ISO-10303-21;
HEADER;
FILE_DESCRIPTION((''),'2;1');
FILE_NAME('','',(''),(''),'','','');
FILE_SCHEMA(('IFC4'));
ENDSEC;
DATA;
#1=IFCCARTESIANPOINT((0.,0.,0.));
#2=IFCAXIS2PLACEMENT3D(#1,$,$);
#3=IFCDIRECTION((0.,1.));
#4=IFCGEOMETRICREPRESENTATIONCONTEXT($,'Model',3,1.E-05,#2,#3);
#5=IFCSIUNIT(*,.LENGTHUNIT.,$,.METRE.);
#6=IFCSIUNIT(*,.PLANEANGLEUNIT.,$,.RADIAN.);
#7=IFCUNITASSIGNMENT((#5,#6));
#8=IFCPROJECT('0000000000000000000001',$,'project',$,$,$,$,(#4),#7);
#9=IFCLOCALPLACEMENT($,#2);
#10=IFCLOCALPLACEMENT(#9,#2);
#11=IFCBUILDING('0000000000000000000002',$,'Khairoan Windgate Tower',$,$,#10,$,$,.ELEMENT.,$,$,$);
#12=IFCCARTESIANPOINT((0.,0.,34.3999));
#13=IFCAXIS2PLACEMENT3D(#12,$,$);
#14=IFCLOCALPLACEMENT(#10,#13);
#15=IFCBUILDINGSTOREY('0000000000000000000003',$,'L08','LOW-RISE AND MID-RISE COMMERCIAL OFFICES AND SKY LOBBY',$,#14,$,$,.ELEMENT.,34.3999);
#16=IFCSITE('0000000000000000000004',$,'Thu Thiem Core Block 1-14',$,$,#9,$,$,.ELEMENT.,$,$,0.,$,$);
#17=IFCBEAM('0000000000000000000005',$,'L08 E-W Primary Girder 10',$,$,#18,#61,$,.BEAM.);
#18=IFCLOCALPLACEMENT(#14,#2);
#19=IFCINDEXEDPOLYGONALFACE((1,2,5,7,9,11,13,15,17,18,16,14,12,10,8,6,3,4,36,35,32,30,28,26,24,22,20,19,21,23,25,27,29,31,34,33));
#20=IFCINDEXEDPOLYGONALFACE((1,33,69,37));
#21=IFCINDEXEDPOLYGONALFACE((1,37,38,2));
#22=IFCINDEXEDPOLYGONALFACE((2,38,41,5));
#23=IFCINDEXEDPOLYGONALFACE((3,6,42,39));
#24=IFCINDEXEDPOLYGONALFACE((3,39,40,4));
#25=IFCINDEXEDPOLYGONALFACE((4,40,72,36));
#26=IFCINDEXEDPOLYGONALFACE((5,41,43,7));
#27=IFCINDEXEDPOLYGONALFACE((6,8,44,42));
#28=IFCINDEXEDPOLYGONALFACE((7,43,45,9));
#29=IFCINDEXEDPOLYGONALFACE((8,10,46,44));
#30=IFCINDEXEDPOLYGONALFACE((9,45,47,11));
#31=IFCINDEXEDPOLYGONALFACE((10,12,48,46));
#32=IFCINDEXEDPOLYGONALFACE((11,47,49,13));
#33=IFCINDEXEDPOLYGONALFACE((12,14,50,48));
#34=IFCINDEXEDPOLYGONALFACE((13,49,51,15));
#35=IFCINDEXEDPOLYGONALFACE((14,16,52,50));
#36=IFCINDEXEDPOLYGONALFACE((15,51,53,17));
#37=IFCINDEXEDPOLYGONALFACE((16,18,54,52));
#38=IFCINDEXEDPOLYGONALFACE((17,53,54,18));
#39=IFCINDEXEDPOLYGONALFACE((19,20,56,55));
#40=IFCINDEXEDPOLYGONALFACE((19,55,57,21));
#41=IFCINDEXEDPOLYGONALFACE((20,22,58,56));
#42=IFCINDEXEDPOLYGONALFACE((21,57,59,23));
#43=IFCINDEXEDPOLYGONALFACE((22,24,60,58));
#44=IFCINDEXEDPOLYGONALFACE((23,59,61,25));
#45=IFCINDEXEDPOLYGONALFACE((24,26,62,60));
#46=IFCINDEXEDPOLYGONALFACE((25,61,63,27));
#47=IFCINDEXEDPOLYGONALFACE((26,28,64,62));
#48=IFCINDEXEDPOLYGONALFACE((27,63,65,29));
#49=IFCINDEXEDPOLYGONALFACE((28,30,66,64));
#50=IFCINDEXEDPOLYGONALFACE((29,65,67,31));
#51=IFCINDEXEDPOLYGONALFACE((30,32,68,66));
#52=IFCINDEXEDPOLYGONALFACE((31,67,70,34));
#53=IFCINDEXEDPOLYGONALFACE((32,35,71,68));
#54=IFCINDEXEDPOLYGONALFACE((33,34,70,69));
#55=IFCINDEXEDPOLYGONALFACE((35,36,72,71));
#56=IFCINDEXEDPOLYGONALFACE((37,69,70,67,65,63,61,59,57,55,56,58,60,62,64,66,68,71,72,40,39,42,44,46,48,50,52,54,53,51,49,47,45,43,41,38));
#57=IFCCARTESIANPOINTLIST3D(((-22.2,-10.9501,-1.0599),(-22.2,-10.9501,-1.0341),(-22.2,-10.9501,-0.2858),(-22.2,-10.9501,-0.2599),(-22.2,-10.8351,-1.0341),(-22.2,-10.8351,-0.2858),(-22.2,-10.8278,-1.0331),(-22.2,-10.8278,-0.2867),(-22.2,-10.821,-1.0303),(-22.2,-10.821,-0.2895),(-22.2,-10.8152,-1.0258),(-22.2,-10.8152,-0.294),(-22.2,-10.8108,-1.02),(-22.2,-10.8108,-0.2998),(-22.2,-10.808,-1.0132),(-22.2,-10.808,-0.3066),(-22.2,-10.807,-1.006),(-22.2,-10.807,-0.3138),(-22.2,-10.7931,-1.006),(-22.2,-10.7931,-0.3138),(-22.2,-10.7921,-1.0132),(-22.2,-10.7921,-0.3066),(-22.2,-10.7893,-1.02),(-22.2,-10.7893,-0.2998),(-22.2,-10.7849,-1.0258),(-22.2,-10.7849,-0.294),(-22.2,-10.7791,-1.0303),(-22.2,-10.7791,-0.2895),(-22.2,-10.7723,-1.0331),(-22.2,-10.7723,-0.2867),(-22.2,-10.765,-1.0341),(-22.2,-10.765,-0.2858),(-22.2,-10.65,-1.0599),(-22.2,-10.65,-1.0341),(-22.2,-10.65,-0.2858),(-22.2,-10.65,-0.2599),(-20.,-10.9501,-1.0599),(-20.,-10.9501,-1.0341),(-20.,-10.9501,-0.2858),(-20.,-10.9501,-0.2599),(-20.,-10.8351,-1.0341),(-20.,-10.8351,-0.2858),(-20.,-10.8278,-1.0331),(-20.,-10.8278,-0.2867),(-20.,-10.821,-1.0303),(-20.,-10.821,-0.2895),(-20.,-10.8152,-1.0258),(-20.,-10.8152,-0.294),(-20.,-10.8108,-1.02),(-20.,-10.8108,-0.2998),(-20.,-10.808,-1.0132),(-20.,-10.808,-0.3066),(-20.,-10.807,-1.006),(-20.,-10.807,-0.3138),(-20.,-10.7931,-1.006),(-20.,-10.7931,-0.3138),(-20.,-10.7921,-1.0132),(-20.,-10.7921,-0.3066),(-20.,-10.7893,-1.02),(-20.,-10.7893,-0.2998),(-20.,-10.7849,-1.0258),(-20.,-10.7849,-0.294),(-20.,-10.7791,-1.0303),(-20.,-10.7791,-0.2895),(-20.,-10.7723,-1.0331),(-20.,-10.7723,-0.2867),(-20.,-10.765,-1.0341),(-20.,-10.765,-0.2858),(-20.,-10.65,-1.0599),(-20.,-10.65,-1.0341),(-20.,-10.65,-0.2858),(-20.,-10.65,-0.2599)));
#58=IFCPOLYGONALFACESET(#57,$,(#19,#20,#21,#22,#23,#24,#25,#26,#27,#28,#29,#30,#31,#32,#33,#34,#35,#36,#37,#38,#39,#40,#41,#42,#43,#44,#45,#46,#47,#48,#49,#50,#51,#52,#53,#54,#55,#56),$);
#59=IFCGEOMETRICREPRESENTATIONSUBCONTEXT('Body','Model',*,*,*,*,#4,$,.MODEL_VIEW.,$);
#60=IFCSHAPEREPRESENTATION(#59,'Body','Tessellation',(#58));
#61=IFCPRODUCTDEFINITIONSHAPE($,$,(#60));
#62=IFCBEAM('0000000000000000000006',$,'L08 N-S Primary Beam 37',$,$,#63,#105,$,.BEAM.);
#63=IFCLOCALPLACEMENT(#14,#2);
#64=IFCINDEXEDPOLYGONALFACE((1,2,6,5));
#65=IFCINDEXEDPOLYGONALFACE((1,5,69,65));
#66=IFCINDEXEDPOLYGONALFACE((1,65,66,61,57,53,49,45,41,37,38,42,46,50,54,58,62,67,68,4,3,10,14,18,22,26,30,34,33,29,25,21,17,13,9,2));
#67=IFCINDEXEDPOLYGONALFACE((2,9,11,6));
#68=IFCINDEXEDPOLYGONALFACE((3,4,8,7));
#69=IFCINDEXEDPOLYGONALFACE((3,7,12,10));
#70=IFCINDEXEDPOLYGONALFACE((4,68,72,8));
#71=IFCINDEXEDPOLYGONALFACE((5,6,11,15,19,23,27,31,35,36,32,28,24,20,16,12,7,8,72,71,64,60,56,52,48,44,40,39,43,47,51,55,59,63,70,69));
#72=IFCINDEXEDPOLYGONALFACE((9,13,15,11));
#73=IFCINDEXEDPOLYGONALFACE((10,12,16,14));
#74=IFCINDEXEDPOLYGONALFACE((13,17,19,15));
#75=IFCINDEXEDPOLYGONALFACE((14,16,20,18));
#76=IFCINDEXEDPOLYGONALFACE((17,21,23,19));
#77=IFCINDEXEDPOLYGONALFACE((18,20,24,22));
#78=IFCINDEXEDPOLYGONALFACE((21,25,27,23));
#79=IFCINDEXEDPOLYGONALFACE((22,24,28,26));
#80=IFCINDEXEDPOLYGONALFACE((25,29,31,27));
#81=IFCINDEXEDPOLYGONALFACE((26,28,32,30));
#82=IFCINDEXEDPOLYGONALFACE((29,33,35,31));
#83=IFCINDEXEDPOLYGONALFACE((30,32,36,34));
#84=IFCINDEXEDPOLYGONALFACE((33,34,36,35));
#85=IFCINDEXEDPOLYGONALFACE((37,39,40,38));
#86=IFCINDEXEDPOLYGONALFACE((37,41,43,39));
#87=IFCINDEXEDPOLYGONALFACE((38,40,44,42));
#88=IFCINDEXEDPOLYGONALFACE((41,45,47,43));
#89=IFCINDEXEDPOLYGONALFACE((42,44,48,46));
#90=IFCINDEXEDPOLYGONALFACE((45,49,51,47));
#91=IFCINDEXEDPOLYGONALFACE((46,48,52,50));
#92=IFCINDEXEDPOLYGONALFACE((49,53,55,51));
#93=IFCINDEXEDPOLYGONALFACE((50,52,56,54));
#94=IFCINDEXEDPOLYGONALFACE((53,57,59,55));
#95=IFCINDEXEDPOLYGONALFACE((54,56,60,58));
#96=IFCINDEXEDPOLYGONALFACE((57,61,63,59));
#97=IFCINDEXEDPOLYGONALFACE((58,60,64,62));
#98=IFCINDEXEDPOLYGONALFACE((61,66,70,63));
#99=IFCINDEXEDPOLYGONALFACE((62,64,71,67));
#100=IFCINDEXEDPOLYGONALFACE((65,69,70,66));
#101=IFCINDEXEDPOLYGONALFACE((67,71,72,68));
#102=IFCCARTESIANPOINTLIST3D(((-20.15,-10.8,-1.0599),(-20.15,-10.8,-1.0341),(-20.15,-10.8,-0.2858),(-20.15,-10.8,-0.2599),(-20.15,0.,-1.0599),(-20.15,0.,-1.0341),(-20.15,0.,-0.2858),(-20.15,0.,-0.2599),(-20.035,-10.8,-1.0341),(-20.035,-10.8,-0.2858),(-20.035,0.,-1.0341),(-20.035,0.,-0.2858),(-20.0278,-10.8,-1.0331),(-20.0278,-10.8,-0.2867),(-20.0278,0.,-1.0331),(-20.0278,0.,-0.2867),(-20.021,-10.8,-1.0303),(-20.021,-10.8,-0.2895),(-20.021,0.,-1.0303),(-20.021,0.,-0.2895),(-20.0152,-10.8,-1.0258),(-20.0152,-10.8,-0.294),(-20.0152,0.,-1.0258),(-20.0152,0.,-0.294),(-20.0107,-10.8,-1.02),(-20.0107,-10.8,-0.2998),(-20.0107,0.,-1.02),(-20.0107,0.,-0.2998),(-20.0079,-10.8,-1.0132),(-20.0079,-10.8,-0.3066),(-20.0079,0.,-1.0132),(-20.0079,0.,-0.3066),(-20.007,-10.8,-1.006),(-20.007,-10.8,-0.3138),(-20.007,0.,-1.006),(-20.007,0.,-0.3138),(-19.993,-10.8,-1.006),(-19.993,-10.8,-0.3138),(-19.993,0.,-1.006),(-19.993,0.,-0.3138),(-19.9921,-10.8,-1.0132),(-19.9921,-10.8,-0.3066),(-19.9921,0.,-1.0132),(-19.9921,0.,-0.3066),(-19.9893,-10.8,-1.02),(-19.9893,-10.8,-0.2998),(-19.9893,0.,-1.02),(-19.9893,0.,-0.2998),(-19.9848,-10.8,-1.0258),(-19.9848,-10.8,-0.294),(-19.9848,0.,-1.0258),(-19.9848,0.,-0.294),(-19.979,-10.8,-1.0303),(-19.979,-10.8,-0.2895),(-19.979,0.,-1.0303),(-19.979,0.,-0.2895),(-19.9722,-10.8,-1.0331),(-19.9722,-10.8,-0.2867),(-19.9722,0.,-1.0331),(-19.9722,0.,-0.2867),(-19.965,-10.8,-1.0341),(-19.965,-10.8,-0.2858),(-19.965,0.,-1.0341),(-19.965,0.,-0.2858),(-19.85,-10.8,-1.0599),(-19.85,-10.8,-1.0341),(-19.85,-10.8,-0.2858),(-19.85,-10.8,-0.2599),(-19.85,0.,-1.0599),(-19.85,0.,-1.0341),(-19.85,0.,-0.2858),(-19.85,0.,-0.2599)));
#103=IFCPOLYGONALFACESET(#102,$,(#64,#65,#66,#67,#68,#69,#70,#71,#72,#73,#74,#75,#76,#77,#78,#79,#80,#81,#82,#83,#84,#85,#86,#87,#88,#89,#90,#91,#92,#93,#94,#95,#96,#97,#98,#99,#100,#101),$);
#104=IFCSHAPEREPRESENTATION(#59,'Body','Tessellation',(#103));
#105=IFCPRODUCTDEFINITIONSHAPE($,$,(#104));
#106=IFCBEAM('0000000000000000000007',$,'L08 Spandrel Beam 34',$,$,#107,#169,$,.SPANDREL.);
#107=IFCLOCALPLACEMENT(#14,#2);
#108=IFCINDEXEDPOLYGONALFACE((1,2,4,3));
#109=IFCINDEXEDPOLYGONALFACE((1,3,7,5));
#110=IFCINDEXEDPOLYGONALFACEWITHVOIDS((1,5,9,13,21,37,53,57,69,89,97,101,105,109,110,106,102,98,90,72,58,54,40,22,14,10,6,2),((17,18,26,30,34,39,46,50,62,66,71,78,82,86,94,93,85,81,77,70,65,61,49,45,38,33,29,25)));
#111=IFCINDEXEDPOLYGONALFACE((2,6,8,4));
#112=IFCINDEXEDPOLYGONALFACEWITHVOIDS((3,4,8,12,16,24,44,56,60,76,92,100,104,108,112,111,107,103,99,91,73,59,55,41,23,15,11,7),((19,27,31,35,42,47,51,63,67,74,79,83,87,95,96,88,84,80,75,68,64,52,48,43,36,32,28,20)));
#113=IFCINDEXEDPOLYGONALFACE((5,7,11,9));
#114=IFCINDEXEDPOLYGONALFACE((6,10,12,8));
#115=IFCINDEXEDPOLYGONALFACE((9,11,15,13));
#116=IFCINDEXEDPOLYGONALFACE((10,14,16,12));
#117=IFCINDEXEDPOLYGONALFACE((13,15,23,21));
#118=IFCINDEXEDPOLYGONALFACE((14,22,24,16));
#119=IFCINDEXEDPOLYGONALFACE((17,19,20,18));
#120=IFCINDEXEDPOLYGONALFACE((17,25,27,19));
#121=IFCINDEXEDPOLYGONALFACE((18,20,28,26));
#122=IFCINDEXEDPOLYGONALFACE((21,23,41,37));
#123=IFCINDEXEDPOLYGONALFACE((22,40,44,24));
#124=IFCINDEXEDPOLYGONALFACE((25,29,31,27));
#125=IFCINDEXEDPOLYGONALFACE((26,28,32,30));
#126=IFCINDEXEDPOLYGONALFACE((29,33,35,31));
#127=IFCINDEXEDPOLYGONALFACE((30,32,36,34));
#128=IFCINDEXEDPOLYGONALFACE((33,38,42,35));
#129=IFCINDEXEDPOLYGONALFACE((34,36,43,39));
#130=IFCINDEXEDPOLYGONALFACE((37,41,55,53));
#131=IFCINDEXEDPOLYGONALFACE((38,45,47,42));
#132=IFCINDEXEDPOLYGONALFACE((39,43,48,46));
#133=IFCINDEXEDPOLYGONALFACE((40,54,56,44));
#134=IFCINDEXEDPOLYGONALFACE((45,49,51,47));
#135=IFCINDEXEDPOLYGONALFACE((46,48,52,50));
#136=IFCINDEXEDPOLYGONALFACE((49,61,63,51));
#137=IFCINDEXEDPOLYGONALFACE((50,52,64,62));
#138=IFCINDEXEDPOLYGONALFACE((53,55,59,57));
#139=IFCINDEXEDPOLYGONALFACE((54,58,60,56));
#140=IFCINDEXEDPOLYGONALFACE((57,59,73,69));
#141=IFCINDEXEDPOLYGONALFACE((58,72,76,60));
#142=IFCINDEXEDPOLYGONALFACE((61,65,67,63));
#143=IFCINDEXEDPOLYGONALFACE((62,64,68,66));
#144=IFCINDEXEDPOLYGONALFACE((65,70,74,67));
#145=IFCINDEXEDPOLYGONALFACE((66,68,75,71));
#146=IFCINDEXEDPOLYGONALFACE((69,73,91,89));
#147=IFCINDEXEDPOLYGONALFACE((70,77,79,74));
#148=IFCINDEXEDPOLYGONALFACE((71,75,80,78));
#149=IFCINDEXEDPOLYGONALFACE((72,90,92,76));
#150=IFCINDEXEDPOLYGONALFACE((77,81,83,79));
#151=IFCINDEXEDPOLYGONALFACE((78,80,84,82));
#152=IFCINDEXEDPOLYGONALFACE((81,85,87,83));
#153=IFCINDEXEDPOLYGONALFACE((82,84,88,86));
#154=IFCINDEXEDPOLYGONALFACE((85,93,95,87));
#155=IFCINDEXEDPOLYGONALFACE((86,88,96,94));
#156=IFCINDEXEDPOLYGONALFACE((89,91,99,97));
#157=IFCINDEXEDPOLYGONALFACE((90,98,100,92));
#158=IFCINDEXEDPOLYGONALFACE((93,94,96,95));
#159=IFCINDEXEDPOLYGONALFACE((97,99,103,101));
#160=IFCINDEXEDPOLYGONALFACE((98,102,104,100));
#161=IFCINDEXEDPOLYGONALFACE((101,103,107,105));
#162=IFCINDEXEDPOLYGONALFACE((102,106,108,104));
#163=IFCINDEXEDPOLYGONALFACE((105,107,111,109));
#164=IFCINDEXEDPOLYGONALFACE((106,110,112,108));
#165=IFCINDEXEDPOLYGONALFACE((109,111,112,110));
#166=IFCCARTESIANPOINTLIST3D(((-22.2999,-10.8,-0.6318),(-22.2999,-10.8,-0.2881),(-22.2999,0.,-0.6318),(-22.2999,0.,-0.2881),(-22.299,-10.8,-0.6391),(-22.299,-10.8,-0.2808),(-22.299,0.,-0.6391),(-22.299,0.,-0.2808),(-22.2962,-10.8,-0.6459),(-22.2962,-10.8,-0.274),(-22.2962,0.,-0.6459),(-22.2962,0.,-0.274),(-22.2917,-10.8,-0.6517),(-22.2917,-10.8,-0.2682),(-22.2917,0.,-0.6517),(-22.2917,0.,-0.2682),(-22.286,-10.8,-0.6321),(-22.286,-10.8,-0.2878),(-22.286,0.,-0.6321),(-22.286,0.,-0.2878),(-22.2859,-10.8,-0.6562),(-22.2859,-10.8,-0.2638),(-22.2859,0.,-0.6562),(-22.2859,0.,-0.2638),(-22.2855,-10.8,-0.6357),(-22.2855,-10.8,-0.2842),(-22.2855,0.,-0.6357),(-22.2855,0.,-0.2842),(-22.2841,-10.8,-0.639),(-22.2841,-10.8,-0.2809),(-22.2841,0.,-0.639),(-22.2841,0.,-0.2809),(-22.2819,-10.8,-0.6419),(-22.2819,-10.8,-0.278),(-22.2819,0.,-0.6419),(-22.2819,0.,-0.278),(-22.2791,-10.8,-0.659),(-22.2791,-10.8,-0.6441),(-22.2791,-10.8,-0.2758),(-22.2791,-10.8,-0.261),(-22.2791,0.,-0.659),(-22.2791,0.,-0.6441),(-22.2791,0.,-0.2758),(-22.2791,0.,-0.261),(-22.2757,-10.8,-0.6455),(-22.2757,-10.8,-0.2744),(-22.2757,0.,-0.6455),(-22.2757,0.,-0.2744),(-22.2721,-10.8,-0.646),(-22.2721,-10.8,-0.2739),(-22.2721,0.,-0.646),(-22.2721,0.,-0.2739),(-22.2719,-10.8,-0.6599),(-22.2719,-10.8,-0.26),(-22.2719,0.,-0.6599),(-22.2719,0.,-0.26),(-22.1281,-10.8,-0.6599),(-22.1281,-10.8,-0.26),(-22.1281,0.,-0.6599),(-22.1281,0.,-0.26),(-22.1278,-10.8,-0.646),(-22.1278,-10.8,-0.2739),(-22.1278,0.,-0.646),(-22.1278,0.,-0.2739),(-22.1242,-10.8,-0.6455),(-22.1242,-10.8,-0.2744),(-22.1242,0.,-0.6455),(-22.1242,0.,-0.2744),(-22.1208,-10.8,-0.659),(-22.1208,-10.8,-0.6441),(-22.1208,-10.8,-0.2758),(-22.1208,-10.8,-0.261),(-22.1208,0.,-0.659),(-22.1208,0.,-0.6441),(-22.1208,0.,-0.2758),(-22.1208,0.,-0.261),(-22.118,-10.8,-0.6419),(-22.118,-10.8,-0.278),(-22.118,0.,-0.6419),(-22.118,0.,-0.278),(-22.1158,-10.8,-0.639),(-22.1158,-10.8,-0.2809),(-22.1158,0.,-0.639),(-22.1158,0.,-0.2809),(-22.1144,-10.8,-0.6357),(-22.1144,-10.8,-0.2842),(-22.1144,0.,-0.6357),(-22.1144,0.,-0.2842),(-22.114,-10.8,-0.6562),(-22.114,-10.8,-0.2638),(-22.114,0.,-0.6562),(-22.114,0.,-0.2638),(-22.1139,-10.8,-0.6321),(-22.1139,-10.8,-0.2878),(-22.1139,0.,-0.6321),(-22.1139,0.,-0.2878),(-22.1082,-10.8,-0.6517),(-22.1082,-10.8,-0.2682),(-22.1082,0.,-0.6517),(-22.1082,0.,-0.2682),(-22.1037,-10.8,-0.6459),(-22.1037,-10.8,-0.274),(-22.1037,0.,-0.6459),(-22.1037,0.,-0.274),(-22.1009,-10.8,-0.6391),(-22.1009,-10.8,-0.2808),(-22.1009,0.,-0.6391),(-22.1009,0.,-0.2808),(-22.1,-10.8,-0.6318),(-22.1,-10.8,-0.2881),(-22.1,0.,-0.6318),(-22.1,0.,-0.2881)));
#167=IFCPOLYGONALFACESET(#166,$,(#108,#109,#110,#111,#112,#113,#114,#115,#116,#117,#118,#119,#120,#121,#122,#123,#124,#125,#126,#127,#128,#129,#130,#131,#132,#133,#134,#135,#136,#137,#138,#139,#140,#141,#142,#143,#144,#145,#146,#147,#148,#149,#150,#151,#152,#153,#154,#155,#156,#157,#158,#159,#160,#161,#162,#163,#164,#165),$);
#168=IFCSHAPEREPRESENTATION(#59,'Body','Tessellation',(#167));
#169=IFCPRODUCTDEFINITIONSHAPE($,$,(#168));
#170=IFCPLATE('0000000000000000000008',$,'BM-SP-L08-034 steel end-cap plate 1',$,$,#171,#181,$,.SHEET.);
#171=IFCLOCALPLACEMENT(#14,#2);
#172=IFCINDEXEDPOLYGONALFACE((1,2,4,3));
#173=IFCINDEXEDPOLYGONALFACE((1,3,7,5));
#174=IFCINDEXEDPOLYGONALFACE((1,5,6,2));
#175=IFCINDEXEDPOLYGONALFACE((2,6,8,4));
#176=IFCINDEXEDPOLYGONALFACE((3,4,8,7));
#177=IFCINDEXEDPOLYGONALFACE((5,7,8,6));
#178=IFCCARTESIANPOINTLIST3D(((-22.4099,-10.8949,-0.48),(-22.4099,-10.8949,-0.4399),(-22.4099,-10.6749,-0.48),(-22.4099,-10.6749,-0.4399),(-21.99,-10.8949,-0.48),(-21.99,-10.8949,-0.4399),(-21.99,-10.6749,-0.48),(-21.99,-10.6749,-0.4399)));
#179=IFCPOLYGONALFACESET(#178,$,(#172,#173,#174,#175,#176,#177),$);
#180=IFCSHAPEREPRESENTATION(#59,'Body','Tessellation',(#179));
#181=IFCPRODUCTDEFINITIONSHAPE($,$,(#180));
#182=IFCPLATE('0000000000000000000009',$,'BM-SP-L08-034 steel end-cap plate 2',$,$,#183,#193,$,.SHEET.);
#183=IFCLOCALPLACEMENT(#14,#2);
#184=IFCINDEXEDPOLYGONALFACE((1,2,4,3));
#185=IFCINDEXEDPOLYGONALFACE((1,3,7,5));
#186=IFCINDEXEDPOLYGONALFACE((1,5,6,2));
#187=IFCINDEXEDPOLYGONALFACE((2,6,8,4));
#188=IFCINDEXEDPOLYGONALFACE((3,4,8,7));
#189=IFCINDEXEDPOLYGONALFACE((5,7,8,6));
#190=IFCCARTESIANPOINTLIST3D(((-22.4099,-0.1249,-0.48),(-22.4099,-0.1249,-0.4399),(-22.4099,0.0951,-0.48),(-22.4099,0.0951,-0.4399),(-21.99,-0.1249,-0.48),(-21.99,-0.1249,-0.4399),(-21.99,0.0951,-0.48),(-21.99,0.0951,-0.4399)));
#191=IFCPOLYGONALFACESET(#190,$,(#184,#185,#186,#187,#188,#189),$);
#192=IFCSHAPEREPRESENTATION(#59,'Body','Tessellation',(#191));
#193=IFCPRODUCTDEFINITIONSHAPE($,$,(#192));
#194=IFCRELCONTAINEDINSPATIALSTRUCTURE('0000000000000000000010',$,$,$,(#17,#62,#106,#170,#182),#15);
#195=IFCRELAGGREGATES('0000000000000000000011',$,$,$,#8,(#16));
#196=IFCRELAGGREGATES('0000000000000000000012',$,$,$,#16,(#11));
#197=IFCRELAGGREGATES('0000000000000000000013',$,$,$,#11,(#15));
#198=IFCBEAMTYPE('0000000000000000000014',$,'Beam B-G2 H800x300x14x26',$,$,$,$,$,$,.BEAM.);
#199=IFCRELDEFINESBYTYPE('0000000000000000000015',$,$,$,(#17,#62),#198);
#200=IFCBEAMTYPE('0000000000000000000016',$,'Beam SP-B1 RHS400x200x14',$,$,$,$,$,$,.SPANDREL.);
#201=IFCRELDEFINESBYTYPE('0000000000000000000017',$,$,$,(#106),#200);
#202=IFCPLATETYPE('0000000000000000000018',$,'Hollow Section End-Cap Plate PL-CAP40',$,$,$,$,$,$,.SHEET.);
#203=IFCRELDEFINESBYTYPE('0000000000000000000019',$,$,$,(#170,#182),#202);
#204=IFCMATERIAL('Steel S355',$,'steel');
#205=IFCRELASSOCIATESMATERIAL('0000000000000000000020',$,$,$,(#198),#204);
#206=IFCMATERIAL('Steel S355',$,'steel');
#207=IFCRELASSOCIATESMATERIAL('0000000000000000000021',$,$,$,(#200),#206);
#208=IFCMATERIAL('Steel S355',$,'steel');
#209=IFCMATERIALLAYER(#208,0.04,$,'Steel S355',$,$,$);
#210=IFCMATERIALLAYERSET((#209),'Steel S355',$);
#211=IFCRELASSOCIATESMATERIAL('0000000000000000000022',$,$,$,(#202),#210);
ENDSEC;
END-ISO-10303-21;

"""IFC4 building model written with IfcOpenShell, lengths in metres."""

from ifc_helpers import new_model, si_unit, direction, frame, origin, origin_2d, place, context, subcontext, project, spatial, rectangle, hollow_rectangle, i_section, extrude, material, layer, layer_set, material_profile, profile_set, type_object, element, save


model = new_model("IFC4")

# Units and contexts
model_context = context("Model", 3, precision=1e-05, world=origin(), true_north=direction((0.0, 1.0)))
body_context = subcontext(model_context, "Body", "Model", "MODEL_VIEW")
ifc_project = project(units=[si_unit("LENGTHUNIT", "METRE"), si_unit("PLANEANGLEUNIT", "RADIAN")], contexts=[model_context])

# Site, building, storey
site_placement = place(None, origin())
site = spatial("IfcSite", under=ifc_project, at=site_placement, Name="Thu Thiem Core Block 1-14", CompositionType="ELEMENT", RefElevation=0.0)
building_placement = place(site_placement, origin())
building = spatial("IfcBuilding", under=site, at=building_placement, Name="Khairoan Windgate Tower", CompositionType="ELEMENT")
storey_placement = place(building_placement, frame((0.0, 0.0, 34.3999)))
storey = spatial("IfcBuildingStorey", under=building, at=storey_placement, Name="L08", Description="LOW-RISE AND MID-RISE COMMERCIAL OFFICES AND SKY LOBBY", CompositionType="ELEMENT", Elevation=34.3999)

# Beams
ifc_material_1 = material(Name="Steel S355", Category="steel")
ifc_material_profile_1 = material_profile(ifc_material_1, i_section(OverallWidth=0.3, OverallDepth=0.8, WebThickness=0.0139, FlangeThickness=0.0259, FilletRadius=0.0281, at=origin_2d()))
ifc_profile_set_1 = profile_set([ifc_material_profile_1], Name="Steel S355")
beam_type_1 = type_object("IfcBeamType", Name="Beam B-G2 H800x300x14x26", PredefinedType="BEAM", material=ifc_profile_set_1)
beam_1_placement = place(storey_placement, frame((-22.2, -10.8, -0.6599), z_axis=(1.0, 0.0, 0.0), x_axis=(0.0, 1.0, 0.0)))
element("IfcBeam", 1, at=beam_1_placement, inside=storey, type_object=beam_type_1, Name="L08 E-W Primary Girder 10", PredefinedType="BEAM", context=body_context, shape_type="SweptSolid", body=[
    extrude(i_section(OverallWidth=0.3, OverallDepth=0.8, WebThickness=0.0139, FlangeThickness=0.0259, FilletRadius=0.0281, at=origin_2d()), origin(), (0.0, 0.0, 1.0), 2.2),
])
beam_2_placement = place(storey_placement, frame((-20.0, -10.8, -0.6599), z_axis=(0.0, 1.0, 0.0), x_axis=(-1.0, 0.0, 0.0)))
element("IfcBeam", 2, at=beam_2_placement, inside=storey, type_object=beam_type_1, Name="L08 N-S Primary Beam 37", PredefinedType="BEAM", context=body_context, shape_type="SweptSolid", body=[
    extrude(i_section(OverallWidth=0.3, OverallDepth=0.8, WebThickness=0.0139, FlangeThickness=0.0259, FilletRadius=0.0281, at=origin_2d()), origin(), (0.0, 0.0, 1.0), 10.8),
])
ifc_material_2 = material(Name="Steel S355", Category="steel")
ifc_material_profile_2 = material_profile(ifc_material_2, hollow_rectangle(XDim=0.2, YDim=0.3999, WallThickness=0.0139, InnerFilletRadius=0.0139, OuterFilletRadius=0.0281, at=origin_2d()))
ifc_profile_set_2 = profile_set([ifc_material_profile_2], Name="Steel S355")
beam_type_2 = type_object("IfcBeamType", Name="Beam SP-B1 RHS400x200x14", PredefinedType="SPANDREL", material=ifc_profile_set_2)
beam_3_placement = place(storey_placement, frame((-22.2, -10.8, -0.46), z_axis=(0.0, 1.0, 0.0), x_axis=(-1.0, 0.0, 0.0)))
element("IfcBeam", 3, at=beam_3_placement, inside=storey, type_object=beam_type_2, Name="L08 Spandrel Beam 34", PredefinedType="SPANDREL", context=body_context, shape_type="SweptSolid", body=[
    extrude(hollow_rectangle(XDim=0.2, YDim=0.3999, WallThickness=0.0139, InnerFilletRadius=0.0139, OuterFilletRadius=0.0281, at=origin_2d()), origin(), (0.0, 0.0, 1.0), 10.8),
])

# Plates
ifc_material_3 = material(Name="Steel S355", Category="steel")
ifc_layer_1 = layer(ifc_material_3, 0.04, Name="Steel S355")
ifc_layer_set_1 = layer_set([ifc_layer_1], Name="Steel S355")
plate_type_1 = type_object("IfcPlateType", Name="Hollow Section End-Cap Plate PL-CAP40", PredefinedType="SHEET", material=ifc_layer_set_1)
for number, where, z_axis, x_axis, name in (
    (4, (-22.2, -10.7849, -0.48), (0.0, 0.0, 1.0), (0.0, 1.0, 0.0), "BM-SP-L08-034 steel end-cap plate 1"),
    (5, (-22.2, -0.0149, -0.48), (0.0, 0.0, 1.0), (0.0, 1.0, 0.0), "BM-SP-L08-034 steel end-cap plate 2"),
):
    element("IfcPlate", number, at=place(storey_placement, frame(where, z_axis=z_axis, x_axis=x_axis)), inside=storey, type_object=plate_type_1, Name=name, PredefinedType="SHEET", context=body_context, shape_type="SweptSolid", body=[
        extrude(rectangle(XDim=0.22, YDim=0.4199, at=origin_2d()), origin(), (0.0, 0.0, 1.0), 0.04),
    ])

save(model, "model.ifc")
